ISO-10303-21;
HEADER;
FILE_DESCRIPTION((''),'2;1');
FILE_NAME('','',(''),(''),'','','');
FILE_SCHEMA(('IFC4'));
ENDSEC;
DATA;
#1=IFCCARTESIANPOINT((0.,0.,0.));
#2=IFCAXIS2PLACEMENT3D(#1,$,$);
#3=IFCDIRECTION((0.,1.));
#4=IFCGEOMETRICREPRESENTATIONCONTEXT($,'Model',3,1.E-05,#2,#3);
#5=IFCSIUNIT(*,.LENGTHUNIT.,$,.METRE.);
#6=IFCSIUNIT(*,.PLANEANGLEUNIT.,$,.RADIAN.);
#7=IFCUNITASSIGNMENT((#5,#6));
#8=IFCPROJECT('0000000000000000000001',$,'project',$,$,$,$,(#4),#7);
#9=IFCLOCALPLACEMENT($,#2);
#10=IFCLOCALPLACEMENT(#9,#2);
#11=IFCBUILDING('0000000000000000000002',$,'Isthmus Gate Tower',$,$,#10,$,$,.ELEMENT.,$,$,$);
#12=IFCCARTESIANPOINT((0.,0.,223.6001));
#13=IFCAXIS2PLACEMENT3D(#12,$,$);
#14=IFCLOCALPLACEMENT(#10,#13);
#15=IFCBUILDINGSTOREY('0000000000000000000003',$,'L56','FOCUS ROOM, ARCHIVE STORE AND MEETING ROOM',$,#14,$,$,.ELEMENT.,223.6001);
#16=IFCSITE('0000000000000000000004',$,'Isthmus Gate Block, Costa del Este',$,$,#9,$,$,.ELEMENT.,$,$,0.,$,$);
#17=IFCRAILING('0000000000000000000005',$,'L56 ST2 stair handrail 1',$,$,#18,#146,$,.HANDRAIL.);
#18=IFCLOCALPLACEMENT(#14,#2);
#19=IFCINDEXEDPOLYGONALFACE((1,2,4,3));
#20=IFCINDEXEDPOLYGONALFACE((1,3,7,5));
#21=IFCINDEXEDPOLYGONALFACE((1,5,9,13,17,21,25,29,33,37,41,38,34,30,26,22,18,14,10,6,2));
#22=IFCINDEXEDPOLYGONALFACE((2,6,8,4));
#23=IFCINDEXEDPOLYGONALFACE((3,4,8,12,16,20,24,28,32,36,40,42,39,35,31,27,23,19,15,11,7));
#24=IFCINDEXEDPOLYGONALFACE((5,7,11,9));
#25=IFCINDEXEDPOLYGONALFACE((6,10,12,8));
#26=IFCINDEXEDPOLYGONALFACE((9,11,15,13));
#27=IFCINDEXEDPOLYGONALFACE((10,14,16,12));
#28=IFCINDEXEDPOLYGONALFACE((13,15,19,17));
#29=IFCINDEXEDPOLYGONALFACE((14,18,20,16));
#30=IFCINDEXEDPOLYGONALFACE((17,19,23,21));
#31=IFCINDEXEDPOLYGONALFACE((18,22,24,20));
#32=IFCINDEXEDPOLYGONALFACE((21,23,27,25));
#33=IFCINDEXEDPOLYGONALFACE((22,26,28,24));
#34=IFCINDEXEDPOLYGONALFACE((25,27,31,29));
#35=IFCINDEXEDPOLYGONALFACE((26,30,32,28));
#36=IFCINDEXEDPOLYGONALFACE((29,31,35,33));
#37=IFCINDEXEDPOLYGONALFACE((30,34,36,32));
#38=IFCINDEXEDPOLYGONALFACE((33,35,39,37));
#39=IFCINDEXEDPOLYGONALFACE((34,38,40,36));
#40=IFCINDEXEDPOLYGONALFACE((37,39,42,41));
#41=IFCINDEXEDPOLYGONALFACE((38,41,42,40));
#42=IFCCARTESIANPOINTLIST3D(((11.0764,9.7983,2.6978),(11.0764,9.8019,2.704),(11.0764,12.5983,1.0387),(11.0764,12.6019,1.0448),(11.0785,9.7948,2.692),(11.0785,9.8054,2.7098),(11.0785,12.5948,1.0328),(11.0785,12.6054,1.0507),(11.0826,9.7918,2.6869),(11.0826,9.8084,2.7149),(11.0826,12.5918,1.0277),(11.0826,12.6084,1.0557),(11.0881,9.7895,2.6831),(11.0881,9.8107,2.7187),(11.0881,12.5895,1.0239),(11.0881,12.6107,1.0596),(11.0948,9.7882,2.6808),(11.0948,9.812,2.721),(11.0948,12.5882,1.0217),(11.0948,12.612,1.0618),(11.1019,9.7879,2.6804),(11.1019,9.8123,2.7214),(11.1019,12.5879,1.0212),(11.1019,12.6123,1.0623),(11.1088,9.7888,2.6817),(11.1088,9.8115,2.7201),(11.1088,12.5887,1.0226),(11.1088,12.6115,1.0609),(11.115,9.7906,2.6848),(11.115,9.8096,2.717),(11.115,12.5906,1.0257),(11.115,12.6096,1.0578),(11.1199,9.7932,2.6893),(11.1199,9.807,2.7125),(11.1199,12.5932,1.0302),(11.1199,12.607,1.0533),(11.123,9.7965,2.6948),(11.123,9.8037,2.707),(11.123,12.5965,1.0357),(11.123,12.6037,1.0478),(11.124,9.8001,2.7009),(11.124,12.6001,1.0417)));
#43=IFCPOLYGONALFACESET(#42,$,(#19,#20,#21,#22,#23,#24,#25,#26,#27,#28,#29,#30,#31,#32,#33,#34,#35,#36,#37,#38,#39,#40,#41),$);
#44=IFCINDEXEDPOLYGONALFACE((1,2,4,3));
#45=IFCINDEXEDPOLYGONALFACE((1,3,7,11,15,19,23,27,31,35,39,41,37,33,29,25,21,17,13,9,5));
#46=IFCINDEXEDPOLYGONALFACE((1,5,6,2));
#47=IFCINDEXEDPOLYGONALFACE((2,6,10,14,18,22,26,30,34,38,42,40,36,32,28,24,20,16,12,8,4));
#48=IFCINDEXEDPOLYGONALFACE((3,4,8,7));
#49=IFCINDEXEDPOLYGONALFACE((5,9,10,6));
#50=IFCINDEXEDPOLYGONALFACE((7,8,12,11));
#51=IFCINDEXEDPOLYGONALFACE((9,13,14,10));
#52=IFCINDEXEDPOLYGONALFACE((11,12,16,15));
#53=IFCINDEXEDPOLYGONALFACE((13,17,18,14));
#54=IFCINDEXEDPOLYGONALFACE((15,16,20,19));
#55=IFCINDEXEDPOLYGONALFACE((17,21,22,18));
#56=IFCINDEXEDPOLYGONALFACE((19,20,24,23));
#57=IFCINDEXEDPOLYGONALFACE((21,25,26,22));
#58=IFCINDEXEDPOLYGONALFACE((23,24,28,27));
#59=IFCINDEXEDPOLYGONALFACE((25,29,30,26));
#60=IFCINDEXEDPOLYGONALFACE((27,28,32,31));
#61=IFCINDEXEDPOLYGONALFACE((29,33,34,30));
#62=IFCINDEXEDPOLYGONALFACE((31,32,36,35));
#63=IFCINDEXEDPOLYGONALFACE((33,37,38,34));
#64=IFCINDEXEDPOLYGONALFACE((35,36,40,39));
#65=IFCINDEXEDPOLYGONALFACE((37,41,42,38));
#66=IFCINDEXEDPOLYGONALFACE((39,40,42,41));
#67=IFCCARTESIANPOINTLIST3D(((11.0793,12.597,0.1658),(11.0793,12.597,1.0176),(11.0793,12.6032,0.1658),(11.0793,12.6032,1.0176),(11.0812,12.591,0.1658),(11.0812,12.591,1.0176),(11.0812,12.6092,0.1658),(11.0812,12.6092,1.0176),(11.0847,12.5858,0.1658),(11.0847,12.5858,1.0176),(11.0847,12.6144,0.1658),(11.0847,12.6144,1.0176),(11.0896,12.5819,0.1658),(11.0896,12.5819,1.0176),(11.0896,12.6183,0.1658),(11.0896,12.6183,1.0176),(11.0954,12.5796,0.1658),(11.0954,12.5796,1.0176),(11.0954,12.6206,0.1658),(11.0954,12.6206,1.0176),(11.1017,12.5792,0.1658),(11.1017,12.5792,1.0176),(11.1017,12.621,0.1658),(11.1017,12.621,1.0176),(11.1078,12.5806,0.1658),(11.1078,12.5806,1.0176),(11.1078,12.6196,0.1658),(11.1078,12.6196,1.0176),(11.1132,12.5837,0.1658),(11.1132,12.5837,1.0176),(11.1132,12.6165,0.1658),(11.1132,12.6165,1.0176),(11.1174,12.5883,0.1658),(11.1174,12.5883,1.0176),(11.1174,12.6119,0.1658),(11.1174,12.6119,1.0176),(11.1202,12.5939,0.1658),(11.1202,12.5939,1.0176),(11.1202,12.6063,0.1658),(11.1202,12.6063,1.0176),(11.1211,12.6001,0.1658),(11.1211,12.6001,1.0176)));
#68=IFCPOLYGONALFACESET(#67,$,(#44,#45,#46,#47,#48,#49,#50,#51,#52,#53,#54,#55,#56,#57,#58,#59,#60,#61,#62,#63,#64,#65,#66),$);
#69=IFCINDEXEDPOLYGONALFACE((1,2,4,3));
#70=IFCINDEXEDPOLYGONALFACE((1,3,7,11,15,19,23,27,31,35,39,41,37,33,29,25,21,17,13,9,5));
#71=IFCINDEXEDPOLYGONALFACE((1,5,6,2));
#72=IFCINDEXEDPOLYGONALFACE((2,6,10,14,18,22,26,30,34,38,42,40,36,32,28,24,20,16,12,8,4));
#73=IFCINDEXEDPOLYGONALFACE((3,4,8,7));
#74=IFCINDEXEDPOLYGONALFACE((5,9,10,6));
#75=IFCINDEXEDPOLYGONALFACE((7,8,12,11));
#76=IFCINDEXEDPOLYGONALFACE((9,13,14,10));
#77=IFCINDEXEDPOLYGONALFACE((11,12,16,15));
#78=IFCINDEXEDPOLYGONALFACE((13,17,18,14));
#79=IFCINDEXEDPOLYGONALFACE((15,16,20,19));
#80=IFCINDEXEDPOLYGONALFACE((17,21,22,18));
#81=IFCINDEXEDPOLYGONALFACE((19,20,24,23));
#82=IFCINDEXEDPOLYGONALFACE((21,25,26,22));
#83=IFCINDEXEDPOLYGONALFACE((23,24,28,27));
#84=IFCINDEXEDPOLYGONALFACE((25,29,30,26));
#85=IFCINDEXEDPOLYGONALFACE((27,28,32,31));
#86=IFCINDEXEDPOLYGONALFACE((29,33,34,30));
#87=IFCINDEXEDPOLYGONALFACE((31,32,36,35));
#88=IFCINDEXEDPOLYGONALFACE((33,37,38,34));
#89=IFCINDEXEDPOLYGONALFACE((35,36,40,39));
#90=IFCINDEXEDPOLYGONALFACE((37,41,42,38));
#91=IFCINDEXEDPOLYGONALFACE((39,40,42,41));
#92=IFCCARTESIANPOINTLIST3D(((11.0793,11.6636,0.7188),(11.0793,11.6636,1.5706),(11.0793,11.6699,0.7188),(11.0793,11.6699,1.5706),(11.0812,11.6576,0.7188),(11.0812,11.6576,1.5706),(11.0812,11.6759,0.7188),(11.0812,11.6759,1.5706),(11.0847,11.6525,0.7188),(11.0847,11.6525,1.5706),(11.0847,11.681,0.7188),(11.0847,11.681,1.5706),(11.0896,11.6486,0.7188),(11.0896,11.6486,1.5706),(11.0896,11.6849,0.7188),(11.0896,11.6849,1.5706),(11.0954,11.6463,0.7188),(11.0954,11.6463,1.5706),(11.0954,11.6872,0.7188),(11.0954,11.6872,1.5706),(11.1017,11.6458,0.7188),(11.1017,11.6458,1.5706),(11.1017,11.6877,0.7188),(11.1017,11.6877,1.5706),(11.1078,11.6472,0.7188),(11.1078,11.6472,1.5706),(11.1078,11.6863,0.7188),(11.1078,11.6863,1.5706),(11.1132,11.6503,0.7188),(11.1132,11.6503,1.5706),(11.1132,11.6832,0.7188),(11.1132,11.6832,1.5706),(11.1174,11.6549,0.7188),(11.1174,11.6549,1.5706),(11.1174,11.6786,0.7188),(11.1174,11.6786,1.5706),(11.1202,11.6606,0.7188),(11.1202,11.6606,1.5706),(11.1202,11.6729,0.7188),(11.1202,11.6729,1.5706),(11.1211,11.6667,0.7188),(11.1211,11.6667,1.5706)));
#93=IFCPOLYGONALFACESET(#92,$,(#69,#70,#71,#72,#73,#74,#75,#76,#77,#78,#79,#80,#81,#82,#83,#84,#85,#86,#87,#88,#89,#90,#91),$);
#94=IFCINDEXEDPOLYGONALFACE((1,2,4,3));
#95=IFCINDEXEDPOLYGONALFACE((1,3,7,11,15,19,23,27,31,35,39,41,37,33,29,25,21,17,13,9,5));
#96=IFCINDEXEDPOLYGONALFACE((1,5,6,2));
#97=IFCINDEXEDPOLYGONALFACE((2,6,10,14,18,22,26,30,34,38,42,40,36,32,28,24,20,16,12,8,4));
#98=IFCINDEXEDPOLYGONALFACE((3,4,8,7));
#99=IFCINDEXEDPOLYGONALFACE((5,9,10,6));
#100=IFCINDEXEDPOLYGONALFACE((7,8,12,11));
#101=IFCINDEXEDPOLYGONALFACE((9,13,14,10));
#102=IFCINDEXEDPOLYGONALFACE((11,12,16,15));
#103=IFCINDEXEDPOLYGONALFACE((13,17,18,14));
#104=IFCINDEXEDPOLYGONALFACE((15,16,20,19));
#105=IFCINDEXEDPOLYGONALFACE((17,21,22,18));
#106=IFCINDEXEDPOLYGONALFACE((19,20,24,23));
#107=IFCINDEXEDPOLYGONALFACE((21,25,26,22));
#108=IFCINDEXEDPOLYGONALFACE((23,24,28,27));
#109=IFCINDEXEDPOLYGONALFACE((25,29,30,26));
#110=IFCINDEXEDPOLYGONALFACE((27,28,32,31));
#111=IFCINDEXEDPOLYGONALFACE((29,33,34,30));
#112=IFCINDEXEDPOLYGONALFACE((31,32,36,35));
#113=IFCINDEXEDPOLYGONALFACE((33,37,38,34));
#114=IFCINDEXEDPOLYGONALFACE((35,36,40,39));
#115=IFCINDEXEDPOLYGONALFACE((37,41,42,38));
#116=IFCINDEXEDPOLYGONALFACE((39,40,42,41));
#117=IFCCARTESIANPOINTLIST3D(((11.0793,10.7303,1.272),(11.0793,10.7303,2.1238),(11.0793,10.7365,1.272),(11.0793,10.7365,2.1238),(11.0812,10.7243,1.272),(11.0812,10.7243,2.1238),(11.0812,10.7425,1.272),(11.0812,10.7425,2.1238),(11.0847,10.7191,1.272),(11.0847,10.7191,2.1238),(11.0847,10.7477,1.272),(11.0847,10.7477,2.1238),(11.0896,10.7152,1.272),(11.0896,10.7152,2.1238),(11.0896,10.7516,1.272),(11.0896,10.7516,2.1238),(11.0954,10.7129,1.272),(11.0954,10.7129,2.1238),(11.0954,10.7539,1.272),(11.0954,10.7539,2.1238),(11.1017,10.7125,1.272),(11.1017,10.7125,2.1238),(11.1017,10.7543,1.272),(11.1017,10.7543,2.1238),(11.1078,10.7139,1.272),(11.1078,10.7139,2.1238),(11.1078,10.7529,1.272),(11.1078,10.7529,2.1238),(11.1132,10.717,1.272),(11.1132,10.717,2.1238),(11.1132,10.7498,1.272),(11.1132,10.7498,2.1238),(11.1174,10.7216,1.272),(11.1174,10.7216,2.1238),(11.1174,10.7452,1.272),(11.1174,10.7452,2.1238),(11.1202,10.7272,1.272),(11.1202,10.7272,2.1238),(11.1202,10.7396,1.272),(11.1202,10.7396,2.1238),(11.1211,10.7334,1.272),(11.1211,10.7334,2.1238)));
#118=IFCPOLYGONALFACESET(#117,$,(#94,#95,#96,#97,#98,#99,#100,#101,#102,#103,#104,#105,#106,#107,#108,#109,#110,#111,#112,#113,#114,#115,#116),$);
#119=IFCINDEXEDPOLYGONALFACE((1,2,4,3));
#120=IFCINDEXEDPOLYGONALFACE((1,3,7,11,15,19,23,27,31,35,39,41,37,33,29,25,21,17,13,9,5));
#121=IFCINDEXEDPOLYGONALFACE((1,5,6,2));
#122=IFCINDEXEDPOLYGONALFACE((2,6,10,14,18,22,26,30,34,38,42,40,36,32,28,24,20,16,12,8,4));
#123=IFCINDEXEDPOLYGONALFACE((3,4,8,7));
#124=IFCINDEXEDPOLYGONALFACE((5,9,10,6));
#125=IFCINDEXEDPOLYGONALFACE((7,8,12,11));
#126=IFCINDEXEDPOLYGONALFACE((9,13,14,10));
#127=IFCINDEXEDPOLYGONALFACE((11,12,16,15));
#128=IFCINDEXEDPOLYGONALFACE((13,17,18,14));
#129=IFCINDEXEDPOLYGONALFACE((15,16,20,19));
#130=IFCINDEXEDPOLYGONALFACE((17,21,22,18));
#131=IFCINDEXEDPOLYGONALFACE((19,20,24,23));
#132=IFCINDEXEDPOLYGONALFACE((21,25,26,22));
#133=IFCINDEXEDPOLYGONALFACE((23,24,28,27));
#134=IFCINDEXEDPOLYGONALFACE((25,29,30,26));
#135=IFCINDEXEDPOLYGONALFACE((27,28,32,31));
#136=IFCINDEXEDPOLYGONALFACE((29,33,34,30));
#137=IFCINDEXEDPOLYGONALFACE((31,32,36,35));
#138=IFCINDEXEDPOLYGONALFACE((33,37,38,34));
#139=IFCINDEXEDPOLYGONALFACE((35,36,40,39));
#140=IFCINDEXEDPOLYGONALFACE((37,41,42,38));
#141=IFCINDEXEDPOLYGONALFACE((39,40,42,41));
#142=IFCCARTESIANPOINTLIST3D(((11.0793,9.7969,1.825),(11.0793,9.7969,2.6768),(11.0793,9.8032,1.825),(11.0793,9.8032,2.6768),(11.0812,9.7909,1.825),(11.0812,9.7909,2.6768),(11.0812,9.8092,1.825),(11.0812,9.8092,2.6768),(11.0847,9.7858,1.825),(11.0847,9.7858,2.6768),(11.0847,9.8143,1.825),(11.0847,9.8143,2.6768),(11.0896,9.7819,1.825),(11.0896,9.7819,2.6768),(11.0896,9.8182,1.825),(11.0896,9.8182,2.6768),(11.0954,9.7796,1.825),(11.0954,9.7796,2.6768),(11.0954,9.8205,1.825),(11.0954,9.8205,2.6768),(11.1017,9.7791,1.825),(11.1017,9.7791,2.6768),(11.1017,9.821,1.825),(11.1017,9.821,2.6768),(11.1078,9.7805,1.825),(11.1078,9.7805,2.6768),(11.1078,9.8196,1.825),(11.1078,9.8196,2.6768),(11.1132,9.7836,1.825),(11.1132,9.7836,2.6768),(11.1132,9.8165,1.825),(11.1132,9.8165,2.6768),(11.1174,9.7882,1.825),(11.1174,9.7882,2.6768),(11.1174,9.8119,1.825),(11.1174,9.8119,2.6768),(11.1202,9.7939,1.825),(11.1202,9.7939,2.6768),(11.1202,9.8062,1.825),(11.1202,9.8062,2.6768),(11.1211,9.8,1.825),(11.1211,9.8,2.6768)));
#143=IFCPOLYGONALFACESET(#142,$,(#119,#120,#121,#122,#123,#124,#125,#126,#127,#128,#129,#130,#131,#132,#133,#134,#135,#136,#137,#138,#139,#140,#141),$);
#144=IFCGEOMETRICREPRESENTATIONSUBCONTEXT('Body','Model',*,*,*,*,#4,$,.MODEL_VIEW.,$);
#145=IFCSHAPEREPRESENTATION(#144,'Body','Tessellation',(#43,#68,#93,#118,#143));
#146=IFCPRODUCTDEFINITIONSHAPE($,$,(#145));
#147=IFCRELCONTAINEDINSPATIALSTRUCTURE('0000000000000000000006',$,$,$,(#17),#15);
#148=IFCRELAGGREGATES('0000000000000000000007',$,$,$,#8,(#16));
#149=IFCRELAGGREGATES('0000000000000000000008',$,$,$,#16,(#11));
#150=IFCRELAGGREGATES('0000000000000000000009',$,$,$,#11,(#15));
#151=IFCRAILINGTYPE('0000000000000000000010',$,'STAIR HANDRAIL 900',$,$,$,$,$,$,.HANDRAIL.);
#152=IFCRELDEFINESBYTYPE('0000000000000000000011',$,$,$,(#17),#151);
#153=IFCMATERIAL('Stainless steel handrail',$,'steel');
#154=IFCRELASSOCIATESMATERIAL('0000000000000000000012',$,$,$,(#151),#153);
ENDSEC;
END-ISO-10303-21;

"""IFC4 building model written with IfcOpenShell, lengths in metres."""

from ifc_helpers import new_model, si_unit, direction, frame, origin, origin_2d, place, context, subcontext, project, spatial, circle, extrude, material, type_object, element, save


model = new_model("IFC4")

# Units and contexts
model_context = context("Model", 3, precision=1e-05, world=origin(), true_north=direction((0.0, 1.0)))
body_context = subcontext(model_context, "Body", "Model", "MODEL_VIEW")
ifc_project = project(units=[si_unit("LENGTHUNIT", "METRE"), si_unit("PLANEANGLEUNIT", "RADIAN")], contexts=[model_context])

# Site, building, storey
site_placement = place(None, origin())
site = spatial("IfcSite", under=ifc_project, at=site_placement, Name="Isthmus Gate Block, Costa del Este", CompositionType="ELEMENT", RefElevation=0.0)
building_placement = place(site_placement, origin())
building = spatial("IfcBuilding", under=site, at=building_placement, Name="Isthmus Gate Tower", CompositionType="ELEMENT")
storey_placement = place(building_placement, frame((0.0, 0.0, 223.6001)))
storey = spatial("IfcBuildingStorey", under=building, at=storey_placement, Name="L56", Description="FOCUS ROOM, ARCHIVE STORE AND MEETING ROOM", CompositionType="ELEMENT", Elevation=223.6001)

# Railing
ifc_material_1 = material(Name="Stainless steel handrail", Category="steel")
railing_type_1 = type_object("IfcRailingType", Name="STAIR HANDRAIL 900", PredefinedType="HANDRAIL", material=ifc_material_1)
for number, where, name in (
    (1, (11.1001, 12.6001, 0.1658), "L56 ST2 stair handrail 1"),
):
    element("IfcRailing", number, at=place(storey_placement, frame(where)), inside=storey, type_object=railing_type_1, Name=name, PredefinedType="HANDRAIL", context=body_context, shape_type="SweptSolid", body=[
        extrude(circle(Radius=0.0239, at=origin_2d()), frame((0.0, 0.0, 0.876), z_axis=(0.0, -0.860306, 0.509778), x_axis=(1.0, 0.0, 0.0)), (0.0, 0.0, 1.0), 3.2546),
        extrude(circle(Radius=0.021, at=origin_2d()), origin(), (0.0, 0.0, 1.0), 0.8518),
        extrude(circle(Radius=0.021, at=origin_2d()), frame((0.0, -0.9333, 0.553)), (0.0, 0.0, 1.0), 0.8518),
        extrude(circle(Radius=0.021, at=origin_2d()), frame((0.0, -1.8667, 1.1062)), (0.0, 0.0, 1.0), 0.8518),
        extrude(circle(Radius=0.021, at=origin_2d()), frame((0.0, -2.8, 1.6592)), (0.0, 0.0, 1.0), 0.8518),
    ])

save(model, "model.ifc")
